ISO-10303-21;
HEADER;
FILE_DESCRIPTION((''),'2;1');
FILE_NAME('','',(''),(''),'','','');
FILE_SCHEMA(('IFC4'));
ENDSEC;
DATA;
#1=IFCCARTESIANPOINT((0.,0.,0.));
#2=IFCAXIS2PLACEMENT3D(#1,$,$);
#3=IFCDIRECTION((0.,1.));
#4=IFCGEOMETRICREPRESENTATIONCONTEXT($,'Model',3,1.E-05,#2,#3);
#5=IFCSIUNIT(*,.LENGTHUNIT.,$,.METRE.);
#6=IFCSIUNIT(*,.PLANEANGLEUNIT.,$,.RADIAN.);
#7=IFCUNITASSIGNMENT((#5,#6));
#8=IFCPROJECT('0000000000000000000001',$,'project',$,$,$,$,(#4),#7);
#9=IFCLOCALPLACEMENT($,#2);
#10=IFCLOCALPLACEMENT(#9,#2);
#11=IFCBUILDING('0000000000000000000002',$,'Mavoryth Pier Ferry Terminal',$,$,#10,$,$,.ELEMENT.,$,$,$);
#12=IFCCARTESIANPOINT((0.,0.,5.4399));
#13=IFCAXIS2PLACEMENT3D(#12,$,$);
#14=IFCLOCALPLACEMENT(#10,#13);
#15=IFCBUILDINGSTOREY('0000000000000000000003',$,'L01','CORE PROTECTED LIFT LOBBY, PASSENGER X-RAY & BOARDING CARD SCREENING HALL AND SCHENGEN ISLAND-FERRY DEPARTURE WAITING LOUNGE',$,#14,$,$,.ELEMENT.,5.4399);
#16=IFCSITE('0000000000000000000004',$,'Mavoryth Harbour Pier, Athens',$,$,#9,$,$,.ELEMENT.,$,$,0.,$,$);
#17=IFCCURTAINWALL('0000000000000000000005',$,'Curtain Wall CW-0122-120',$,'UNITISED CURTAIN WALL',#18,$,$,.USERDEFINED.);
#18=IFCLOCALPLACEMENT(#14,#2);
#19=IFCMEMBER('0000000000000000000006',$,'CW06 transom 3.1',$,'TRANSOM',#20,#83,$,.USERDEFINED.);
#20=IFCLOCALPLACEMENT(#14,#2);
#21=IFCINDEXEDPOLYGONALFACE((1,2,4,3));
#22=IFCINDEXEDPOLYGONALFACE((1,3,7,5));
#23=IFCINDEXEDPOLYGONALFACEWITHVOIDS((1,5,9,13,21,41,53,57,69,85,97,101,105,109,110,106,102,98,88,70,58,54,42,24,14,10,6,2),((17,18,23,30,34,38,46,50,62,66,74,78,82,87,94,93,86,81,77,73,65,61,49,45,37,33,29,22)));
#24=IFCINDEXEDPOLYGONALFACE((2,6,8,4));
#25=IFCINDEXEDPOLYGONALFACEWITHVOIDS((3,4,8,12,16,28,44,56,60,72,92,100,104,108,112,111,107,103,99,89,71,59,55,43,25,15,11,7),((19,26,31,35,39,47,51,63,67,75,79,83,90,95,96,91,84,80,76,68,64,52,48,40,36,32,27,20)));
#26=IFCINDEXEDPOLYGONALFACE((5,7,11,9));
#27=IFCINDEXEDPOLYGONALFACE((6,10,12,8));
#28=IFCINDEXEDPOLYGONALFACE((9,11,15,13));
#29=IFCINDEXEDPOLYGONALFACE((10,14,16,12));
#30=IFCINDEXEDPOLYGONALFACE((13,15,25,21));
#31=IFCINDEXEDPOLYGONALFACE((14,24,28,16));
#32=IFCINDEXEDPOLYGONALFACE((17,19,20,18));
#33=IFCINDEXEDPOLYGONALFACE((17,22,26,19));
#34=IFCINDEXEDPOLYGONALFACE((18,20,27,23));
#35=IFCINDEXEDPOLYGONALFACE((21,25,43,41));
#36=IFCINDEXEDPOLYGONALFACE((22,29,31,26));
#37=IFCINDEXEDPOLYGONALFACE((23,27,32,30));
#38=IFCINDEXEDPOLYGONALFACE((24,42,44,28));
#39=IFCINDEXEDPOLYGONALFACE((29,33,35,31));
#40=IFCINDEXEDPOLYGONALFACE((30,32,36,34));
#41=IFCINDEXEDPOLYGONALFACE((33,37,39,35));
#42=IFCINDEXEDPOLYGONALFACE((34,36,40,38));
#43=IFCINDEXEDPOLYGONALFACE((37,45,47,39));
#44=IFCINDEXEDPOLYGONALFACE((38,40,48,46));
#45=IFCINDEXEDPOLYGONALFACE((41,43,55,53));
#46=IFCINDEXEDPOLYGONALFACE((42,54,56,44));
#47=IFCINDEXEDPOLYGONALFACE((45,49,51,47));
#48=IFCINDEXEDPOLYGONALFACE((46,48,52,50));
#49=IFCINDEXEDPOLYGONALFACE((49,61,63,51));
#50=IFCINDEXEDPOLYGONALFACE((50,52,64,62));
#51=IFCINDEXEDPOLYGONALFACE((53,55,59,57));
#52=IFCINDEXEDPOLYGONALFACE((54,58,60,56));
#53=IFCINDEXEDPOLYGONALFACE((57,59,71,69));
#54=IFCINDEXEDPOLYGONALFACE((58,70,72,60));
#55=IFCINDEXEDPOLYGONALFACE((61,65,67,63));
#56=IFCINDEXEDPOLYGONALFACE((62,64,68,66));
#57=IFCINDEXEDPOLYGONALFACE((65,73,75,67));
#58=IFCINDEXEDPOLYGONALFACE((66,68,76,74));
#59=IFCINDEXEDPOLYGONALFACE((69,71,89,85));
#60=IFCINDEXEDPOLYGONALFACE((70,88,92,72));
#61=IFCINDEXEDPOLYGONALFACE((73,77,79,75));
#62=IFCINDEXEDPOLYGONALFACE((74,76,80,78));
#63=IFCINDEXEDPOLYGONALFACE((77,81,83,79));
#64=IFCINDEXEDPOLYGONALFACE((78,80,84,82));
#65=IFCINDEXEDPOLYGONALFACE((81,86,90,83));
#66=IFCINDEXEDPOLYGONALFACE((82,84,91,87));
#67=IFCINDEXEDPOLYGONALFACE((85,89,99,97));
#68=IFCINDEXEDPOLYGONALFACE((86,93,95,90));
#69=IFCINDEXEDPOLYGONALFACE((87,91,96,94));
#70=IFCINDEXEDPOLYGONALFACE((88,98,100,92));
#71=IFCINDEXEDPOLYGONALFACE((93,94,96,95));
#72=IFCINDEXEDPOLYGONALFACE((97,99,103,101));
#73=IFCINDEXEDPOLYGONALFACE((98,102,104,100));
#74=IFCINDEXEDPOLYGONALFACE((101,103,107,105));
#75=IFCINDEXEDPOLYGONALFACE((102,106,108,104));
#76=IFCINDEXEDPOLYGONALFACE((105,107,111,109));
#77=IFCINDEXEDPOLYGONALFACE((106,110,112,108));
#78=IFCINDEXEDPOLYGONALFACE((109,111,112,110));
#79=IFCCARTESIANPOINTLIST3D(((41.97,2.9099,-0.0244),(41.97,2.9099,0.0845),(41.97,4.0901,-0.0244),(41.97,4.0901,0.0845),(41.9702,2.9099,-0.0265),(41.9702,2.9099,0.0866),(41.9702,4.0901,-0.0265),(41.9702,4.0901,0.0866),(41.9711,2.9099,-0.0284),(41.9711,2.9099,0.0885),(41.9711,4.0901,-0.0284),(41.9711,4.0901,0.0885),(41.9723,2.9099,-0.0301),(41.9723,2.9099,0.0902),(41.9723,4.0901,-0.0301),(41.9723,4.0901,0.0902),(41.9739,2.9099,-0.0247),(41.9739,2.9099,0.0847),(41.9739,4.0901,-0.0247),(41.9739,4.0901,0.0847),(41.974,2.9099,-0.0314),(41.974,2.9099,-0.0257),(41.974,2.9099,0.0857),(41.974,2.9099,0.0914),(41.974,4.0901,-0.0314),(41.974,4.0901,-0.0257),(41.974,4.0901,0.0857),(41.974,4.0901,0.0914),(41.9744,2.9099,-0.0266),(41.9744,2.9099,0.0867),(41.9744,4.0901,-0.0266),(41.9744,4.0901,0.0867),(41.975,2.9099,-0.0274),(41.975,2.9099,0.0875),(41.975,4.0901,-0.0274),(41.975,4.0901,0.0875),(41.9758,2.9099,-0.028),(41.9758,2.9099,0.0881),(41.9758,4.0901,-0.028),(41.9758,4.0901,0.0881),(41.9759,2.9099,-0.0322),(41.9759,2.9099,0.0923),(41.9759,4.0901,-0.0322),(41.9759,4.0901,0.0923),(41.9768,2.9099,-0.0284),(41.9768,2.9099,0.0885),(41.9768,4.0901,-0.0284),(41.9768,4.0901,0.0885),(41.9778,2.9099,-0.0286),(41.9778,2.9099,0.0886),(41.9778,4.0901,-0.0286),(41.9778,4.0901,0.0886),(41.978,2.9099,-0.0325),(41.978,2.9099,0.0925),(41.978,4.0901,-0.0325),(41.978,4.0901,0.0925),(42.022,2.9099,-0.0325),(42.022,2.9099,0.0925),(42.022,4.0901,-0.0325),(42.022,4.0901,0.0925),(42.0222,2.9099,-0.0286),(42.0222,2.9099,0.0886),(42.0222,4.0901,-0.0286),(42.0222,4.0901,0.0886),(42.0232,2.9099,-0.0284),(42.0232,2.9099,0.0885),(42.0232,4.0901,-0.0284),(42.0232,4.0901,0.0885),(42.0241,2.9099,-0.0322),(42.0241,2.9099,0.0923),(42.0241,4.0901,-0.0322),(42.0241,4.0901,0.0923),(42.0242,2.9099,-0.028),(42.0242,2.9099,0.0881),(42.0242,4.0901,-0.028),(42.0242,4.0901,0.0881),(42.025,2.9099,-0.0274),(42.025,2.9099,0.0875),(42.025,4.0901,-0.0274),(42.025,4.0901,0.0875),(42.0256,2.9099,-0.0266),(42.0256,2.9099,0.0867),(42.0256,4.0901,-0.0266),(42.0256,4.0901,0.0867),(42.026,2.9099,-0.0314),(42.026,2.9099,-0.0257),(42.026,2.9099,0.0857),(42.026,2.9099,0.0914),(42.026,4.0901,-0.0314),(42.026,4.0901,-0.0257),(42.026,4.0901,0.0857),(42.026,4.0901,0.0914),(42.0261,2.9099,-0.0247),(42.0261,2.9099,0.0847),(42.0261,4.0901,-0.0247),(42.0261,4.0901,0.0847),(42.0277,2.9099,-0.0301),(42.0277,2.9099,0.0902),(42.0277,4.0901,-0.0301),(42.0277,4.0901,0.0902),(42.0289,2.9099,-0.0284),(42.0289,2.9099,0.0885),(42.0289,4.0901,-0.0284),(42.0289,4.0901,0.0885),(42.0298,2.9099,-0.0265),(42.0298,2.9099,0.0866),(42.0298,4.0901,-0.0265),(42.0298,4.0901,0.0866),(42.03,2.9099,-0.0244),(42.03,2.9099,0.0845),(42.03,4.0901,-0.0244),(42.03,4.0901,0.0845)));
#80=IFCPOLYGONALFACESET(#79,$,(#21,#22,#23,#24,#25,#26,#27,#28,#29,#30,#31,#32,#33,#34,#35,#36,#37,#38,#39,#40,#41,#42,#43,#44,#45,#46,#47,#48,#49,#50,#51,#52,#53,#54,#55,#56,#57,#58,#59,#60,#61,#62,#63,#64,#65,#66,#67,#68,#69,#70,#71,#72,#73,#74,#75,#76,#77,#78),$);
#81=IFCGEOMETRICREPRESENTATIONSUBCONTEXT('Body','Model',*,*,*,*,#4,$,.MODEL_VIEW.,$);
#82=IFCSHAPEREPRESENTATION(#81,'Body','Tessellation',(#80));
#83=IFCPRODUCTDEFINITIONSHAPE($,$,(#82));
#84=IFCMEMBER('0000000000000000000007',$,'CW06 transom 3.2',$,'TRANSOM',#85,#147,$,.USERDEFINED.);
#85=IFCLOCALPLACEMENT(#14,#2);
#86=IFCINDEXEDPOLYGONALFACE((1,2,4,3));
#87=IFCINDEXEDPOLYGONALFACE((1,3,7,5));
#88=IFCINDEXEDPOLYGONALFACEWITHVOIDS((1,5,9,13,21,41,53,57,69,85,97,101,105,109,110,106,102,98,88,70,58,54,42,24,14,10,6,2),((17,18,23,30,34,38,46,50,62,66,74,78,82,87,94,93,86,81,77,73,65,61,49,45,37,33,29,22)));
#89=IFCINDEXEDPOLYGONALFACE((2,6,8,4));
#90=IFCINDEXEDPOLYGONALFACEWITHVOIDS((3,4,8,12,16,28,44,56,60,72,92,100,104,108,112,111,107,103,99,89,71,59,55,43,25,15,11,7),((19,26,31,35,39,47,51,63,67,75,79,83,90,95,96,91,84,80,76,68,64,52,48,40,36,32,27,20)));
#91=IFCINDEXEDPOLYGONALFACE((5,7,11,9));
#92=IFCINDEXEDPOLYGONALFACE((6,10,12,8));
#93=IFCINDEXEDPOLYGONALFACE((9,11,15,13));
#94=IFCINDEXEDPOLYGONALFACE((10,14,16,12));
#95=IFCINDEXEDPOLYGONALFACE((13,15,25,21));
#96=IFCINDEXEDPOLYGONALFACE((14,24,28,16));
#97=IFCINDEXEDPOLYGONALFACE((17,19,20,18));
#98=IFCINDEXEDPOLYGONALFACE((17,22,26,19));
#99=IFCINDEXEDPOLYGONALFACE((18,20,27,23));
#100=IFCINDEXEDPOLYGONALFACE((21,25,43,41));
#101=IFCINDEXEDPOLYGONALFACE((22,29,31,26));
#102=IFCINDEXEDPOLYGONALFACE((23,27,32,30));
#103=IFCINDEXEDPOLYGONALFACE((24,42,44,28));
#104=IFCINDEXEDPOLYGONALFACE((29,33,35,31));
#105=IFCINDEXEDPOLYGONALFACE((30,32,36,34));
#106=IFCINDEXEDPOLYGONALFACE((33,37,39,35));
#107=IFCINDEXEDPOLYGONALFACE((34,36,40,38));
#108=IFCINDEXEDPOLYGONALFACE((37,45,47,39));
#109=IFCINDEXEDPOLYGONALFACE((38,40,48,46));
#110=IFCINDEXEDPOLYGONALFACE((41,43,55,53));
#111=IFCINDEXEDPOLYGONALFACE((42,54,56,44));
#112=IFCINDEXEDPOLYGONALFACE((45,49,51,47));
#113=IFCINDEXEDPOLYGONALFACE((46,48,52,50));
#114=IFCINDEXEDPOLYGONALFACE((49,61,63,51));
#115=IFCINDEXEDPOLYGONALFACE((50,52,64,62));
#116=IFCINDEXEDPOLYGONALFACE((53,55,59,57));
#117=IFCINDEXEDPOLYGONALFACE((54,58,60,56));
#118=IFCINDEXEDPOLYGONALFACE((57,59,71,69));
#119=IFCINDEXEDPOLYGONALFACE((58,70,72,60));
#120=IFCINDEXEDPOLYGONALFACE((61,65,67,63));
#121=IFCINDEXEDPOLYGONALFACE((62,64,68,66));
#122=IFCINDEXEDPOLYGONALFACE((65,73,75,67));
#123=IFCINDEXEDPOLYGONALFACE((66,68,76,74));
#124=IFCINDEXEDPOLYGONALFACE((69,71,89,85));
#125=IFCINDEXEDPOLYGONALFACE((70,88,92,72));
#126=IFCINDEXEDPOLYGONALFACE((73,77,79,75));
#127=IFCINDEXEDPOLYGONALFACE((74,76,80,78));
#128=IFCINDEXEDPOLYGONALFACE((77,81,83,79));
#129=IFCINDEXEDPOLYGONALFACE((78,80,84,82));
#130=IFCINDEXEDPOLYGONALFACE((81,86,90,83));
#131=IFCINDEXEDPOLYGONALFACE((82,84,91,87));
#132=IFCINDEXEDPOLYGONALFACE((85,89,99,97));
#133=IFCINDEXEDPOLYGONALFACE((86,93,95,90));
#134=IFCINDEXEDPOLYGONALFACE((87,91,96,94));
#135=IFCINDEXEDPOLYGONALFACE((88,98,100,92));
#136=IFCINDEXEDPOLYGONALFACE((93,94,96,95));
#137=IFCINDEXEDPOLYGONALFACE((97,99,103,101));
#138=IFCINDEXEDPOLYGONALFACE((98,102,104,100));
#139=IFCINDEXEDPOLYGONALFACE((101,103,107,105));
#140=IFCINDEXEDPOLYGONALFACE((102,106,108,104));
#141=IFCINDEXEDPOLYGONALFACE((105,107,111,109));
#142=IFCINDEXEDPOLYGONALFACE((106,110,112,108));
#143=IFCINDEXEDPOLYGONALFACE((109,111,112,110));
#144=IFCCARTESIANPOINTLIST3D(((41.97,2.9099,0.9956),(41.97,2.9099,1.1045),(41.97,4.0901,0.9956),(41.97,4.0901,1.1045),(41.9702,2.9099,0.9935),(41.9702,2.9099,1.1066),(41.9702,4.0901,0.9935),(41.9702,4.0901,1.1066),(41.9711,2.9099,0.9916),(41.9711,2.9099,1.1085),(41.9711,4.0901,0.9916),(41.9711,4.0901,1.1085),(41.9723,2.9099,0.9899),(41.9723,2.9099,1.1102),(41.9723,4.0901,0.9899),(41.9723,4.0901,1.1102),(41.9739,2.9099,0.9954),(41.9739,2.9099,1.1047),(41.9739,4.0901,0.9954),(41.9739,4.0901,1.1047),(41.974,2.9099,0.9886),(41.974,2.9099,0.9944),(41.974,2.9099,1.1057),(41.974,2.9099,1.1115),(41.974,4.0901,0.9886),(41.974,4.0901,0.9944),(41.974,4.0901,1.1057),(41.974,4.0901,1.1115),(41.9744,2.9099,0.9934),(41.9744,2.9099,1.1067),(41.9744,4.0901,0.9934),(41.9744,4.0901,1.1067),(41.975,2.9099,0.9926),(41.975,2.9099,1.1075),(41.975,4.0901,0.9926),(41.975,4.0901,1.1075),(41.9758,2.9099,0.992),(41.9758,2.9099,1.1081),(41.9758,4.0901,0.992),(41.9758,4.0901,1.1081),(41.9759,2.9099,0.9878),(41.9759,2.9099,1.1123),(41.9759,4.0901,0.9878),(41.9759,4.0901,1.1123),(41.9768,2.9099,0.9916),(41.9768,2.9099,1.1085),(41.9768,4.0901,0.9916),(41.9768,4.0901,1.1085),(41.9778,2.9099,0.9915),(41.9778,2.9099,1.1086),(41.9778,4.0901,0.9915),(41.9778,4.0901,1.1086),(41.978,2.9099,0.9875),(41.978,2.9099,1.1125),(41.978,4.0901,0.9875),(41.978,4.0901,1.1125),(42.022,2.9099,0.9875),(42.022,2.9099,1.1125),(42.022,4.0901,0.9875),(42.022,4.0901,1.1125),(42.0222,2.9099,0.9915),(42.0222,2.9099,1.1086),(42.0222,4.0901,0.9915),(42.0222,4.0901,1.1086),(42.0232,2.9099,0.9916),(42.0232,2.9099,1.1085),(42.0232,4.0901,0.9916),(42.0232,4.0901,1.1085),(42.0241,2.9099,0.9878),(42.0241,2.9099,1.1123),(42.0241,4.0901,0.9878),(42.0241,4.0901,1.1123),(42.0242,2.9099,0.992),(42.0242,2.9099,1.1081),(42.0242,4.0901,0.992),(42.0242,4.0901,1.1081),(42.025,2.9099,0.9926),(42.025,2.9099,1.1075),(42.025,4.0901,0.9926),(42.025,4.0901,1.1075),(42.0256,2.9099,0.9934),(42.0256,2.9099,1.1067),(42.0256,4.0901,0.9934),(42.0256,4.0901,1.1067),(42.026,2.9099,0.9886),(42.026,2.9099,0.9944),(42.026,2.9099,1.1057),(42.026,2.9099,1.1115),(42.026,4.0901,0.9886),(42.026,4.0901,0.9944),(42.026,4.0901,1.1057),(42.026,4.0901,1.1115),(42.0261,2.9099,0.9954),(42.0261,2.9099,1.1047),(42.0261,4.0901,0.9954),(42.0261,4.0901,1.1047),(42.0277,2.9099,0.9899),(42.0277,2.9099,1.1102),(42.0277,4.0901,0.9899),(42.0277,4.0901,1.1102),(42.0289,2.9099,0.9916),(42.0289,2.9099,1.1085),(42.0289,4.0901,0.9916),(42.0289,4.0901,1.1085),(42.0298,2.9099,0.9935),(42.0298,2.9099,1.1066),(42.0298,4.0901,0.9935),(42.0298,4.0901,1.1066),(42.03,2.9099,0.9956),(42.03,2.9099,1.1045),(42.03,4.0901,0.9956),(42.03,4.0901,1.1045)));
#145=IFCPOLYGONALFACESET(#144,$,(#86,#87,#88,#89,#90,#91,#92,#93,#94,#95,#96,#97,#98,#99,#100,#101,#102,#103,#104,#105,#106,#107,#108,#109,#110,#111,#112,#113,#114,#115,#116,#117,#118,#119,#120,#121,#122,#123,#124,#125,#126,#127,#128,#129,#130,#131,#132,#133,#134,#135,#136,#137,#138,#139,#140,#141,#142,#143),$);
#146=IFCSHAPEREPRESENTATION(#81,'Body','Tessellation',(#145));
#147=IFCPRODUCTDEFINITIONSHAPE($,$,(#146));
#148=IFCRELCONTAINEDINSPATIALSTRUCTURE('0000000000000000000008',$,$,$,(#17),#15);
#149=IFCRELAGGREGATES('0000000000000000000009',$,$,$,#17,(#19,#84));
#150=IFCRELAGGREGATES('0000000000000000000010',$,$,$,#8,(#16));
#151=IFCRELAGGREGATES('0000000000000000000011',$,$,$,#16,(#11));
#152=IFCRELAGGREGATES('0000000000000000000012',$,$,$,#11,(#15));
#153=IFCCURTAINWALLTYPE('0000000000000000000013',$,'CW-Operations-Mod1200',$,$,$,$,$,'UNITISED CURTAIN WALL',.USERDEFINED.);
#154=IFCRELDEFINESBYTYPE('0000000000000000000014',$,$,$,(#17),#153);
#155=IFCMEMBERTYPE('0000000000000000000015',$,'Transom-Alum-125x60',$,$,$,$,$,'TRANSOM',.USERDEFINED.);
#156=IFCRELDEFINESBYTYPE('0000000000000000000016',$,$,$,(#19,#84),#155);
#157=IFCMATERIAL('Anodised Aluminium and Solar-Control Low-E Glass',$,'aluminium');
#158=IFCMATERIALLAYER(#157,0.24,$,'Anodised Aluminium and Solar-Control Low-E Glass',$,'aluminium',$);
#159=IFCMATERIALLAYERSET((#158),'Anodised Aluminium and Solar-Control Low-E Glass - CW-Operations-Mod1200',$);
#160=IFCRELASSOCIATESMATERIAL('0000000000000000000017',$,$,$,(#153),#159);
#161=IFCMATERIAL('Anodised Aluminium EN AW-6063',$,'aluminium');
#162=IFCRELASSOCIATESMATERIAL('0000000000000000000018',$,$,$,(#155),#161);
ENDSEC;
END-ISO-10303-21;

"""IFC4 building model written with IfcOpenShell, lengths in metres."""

from ifc_helpers import new_model, si_unit, direction, frame, origin, origin_2d, place, context, subcontext, project, spatial, hollow_rectangle, extrude, material, layer, layer_set, material_profile, profile_set, type_object, element, aggregate, save


model = new_model("IFC4")

# Units and contexts
model_context = context("Model", 3, precision=1e-05, world=origin(), true_north=direction((0.0, 1.0)))
body_context = subcontext(model_context, "Body", "Model", "MODEL_VIEW")
ifc_project = project(units=[si_unit("LENGTHUNIT", "METRE"), si_unit("PLANEANGLEUNIT", "RADIAN")], contexts=[model_context])

# Site, building, storey
site_placement = place(None, origin())
site = spatial("IfcSite", under=ifc_project, at=site_placement, Name="Mavoryth Harbour Pier, Athens", CompositionType="ELEMENT", RefElevation=0.0)
building_placement = place(site_placement, origin())
building = spatial("IfcBuilding", under=site, at=building_placement, Name="Mavoryth Pier Ferry Terminal", CompositionType="ELEMENT")
storey_placement = place(building_placement, frame((0.0, 0.0, 5.4399)))
storey = spatial("IfcBuildingStorey", under=building, at=storey_placement, Name="L01", Description="CORE PROTECTED LIFT LOBBY, PASSENGER X-RAY & BOARDING CARD SCREENING HALL AND SCHENGEN ISLAND-FERRY DEPARTURE WAITING LOUNGE", CompositionType="ELEMENT", Elevation=5.4399)

# Curtain wall
ifc_material_1 = material(Name="Anodised Aluminium and Solar-Control Low-E Glass", Category="aluminium")
ifc_layer_1 = layer(ifc_material_1, 0.24, Name="Anodised Aluminium and Solar-Control Low-E Glass", Category="aluminium")
ifc_layer_set_1 = layer_set([ifc_layer_1], Name="Anodised Aluminium and Solar-Control Low-E Glass - CW-Operations-Mod1200")
curtain_wall_type = type_object("IfcCurtainWallType", Name="CW-Operations-Mod1200", ElementType="UNITISED CURTAIN WALL", PredefinedType="USERDEFINED", material=ifc_layer_set_1)
curtain_wall_placement = place(storey_placement, origin())
curtain_wall = element("IfcCurtainWall", 1, at=curtain_wall_placement, inside=storey, type_object=curtain_wall_type, Name="Curtain Wall CW-0122-120", ObjectType="UNITISED CURTAIN WALL", PredefinedType="USERDEFINED")
ifc_material_2 = material(Name="Anodised Aluminium EN AW-6063", Category="aluminium")

# Members
ifc_material_profile_1 = material_profile(ifc_material_2, hollow_rectangle(XDim=0.0601, YDim=0.125, WallThickness=0.0039, InnerFilletRadius=0.0039, OuterFilletRadius=0.0081, at=origin_2d()), Name="AL-TRAN 125x60x4", Category="aluminium")
ifc_profile_set_1 = profile_set([ifc_material_profile_1], Name="Anodised Aluminium EN AW-6063 - AL-TRAN 125x60x4")
member_type_1 = type_object("IfcMemberType", Name="Transom-Alum-125x60", ElementType="TRANSOM", PredefinedType="USERDEFINED", material=ifc_profile_set_1)
member_1_placement = place(storey_placement, frame((42.0, 4.0901, 0.03), z_axis=(0.0, -1.0, 0.0), x_axis=(1.0, 0.0, 0.0)))
member_1 = element("IfcMember", 2, at=member_1_placement, type_object=member_type_1, Name="CW06 transom 3.1", ObjectType="TRANSOM", PredefinedType="USERDEFINED", context=body_context, shape_type="SweptSolid", body=[
    extrude(hollow_rectangle(XDim=0.0601, YDim=0.125, WallThickness=0.0039, InnerFilletRadius=0.0039, OuterFilletRadius=0.0081, at=origin_2d()), origin(), (0.0, 0.0, 1.0), 1.1802),
])
member_2_placement = place(storey_placement, frame((42.0, 4.0901, 1.05), z_axis=(0.0, -1.0, 0.0), x_axis=(1.0, 0.0, 0.0)))
member_2 = element("IfcMember", 3, at=member_2_placement, type_object=member_type_1, Name="CW06 transom 3.2", ObjectType="TRANSOM", PredefinedType="USERDEFINED", context=body_context, shape_type="SweptSolid", body=[
    extrude(hollow_rectangle(XDim=0.0601, YDim=0.125, WallThickness=0.0039, InnerFilletRadius=0.0039, OuterFilletRadius=0.0081, at=origin_2d()), origin(), (0.0, 0.0, 1.0), 1.1802),
])

aggregate(curtain_wall, [member_1, member_2])

save(model, "model.ifc")
